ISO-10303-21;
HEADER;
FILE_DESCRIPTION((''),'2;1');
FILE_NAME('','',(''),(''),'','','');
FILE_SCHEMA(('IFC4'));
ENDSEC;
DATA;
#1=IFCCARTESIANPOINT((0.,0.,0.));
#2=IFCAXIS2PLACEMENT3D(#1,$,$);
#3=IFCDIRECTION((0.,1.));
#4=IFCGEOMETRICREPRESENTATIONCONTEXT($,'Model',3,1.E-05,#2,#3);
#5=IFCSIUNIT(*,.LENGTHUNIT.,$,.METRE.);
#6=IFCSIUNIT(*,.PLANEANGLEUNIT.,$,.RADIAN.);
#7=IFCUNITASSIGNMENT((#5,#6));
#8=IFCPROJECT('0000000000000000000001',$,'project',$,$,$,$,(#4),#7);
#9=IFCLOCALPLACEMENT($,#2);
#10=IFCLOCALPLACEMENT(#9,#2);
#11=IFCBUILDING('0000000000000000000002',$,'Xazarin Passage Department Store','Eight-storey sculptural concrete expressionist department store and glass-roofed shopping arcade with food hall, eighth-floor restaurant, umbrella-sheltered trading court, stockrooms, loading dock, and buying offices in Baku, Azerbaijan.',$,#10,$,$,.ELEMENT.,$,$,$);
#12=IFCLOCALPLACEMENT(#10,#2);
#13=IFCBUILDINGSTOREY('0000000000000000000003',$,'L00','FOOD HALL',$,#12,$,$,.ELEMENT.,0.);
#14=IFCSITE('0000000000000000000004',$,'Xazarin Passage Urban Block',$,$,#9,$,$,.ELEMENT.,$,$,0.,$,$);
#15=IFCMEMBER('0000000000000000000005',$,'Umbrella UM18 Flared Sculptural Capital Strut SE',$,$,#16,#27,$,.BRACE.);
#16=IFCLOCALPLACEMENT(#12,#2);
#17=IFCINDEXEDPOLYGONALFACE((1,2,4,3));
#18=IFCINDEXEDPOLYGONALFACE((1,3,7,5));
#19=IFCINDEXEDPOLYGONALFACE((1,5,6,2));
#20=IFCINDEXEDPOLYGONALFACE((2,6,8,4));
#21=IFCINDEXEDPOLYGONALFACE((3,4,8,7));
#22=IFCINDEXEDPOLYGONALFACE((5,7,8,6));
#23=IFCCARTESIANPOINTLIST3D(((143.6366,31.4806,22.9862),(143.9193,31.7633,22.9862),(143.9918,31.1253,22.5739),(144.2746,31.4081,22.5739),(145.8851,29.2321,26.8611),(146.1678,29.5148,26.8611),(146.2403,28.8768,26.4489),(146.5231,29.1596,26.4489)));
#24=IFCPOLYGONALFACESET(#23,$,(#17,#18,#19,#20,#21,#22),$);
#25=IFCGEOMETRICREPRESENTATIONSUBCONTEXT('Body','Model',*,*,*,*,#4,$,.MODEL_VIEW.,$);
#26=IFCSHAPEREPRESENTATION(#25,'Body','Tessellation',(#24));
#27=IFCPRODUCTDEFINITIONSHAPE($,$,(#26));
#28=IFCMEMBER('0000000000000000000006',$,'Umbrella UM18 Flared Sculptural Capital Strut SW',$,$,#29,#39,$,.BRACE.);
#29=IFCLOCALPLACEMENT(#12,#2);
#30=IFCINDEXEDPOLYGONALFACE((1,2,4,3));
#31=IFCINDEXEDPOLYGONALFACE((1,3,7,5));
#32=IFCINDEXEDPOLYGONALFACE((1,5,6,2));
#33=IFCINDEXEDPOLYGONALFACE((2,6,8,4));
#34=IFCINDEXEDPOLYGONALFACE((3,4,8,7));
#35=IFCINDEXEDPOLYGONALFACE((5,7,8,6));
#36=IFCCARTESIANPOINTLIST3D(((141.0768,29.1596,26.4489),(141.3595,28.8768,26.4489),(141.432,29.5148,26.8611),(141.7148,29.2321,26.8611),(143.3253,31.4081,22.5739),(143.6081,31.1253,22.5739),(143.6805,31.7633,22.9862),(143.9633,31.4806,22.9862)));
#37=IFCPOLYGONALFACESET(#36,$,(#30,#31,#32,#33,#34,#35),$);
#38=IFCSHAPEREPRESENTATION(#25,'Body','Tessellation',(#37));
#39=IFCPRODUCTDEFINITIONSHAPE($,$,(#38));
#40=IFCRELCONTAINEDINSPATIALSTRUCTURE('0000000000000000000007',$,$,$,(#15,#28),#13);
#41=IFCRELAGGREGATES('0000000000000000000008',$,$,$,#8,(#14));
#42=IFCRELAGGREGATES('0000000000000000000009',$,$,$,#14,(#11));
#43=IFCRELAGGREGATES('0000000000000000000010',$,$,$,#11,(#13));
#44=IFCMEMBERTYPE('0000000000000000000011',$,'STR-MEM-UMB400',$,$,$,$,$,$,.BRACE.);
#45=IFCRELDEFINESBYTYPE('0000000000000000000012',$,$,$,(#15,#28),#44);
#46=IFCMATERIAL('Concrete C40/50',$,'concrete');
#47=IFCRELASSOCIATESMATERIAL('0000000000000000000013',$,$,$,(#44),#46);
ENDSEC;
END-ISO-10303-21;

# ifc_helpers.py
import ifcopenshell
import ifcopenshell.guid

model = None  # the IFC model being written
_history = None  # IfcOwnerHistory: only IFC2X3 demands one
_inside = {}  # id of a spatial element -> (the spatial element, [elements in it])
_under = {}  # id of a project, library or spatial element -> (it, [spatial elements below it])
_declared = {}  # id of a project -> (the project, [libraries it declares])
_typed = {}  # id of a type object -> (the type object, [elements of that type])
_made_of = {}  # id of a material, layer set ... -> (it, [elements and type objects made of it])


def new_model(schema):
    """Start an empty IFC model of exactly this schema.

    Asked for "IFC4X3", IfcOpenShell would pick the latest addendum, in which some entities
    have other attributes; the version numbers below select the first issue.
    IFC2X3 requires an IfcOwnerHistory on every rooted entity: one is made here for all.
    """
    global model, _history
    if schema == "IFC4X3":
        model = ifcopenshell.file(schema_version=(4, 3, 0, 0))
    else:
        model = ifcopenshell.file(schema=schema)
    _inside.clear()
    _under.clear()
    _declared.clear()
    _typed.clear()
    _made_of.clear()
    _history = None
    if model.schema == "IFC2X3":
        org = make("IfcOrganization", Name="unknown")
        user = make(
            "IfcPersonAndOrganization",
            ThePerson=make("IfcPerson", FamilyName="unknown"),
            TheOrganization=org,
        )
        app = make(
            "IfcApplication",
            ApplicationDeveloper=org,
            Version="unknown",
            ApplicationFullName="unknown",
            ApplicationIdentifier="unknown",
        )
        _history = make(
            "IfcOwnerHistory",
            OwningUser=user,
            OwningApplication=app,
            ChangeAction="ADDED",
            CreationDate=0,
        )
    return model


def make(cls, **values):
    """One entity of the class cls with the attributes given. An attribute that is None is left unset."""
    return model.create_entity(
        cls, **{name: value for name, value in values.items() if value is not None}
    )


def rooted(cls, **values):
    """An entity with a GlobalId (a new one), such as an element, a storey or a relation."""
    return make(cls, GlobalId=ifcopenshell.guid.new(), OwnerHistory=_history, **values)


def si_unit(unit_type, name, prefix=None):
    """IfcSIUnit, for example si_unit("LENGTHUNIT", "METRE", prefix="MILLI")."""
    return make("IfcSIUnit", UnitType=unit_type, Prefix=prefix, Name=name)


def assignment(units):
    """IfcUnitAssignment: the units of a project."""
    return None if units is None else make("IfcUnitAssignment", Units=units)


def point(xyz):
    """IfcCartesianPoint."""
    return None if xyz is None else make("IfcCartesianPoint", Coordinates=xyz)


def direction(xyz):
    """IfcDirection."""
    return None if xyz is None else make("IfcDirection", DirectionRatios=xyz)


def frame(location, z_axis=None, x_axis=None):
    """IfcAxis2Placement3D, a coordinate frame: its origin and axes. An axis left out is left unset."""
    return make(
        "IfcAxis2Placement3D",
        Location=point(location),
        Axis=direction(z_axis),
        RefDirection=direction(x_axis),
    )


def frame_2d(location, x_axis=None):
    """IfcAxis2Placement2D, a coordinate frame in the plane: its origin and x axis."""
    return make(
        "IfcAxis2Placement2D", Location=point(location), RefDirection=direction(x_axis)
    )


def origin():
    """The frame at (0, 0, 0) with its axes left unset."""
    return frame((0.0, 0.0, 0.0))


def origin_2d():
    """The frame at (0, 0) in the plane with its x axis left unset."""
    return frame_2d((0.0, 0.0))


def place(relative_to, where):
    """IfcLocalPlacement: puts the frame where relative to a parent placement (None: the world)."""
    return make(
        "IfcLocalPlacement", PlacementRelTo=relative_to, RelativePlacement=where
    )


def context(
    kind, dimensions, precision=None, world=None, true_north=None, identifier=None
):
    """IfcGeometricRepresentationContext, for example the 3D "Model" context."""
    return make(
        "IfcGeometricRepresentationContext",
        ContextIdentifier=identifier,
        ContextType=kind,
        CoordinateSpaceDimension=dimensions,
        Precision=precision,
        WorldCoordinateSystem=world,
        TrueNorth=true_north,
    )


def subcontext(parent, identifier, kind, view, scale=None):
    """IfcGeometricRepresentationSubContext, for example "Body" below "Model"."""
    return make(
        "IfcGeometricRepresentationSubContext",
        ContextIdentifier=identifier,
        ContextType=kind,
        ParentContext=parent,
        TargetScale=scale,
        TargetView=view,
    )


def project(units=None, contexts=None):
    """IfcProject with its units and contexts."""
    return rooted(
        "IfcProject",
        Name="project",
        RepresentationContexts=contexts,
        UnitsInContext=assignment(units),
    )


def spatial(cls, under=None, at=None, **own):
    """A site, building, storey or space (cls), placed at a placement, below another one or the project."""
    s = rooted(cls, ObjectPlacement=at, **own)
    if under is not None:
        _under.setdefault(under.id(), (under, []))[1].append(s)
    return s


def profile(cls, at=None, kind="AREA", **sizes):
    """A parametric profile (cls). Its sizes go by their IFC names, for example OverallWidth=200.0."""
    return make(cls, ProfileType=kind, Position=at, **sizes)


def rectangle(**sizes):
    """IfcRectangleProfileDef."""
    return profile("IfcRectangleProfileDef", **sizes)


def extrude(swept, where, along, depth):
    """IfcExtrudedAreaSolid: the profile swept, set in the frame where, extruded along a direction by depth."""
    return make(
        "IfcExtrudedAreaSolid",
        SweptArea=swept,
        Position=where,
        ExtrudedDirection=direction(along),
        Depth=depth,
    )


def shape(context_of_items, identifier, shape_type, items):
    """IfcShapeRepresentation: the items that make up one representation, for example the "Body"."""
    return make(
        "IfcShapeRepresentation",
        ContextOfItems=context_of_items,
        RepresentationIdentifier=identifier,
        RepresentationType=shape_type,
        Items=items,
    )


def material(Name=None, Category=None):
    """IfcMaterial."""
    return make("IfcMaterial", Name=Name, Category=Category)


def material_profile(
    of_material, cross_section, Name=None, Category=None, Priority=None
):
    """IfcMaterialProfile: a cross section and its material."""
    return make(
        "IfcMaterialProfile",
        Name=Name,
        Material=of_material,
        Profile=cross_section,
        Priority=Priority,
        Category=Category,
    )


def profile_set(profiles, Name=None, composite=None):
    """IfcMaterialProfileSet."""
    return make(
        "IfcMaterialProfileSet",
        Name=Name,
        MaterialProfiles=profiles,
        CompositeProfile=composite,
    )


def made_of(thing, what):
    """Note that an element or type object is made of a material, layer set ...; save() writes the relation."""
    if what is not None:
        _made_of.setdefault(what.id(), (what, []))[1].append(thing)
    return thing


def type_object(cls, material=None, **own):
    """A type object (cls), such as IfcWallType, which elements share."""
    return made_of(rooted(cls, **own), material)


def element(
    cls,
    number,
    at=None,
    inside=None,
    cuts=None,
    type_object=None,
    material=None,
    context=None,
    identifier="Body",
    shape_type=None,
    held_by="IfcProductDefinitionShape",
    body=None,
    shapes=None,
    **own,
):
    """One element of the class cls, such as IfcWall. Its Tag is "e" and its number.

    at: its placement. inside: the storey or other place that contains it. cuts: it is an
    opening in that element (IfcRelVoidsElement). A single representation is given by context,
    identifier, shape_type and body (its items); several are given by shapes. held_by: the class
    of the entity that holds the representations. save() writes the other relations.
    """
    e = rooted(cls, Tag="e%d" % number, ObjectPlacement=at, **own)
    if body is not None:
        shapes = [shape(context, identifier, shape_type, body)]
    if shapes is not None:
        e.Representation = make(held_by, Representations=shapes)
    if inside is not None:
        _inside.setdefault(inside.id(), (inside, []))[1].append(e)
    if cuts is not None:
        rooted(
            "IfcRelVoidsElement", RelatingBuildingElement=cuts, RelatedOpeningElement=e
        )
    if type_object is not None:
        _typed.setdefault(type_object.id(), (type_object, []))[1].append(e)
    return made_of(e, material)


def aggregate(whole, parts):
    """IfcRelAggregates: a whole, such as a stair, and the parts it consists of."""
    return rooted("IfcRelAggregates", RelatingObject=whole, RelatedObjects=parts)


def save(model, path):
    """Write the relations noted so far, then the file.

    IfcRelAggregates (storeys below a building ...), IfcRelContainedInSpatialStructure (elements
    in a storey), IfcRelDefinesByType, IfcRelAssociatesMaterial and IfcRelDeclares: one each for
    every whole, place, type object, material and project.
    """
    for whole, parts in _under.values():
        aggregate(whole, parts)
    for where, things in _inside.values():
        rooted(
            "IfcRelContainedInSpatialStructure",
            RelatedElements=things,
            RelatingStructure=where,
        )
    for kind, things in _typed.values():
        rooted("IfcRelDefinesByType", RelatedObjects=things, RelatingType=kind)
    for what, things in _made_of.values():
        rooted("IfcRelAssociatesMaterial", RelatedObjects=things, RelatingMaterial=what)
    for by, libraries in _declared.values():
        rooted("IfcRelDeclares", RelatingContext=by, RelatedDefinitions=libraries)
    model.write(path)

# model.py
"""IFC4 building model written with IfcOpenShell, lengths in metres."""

from ifc_helpers import new_model, si_unit, direction, frame, origin, origin_2d, place, context, subcontext, project, spatial, rectangle, extrude, material, material_profile, profile_set, type_object, element, save


model = new_model("IFC4")

# Units and contexts
model_context = context("Model", 3, precision=1e-05, world=origin(), true_north=direction((0.0, 1.0)))
body_context = subcontext(model_context, "Body", "Model", "MODEL_VIEW")
ifc_project = project(units=[si_unit("LENGTHUNIT", "METRE"), si_unit("PLANEANGLEUNIT", "RADIAN")], contexts=[model_context])

# Site, building, storey
site_placement = place(None, origin())
site = spatial("IfcSite", under=ifc_project, at=site_placement, Name="Xazarin Passage Urban Block", CompositionType="ELEMENT", RefElevation=0.0)
building_placement = place(site_placement, origin())
building = spatial("IfcBuilding", under=site, at=building_placement, Name="Xazarin Passage Department Store", Description="Eight-storey sculptural concrete expressionist department store and glass-roofed shopping arcade with food hall, eighth-floor restaurant, umbrella-sheltered trading court, stockrooms, loading dock, and buying offices in Baku, Azerbaijan.", CompositionType="ELEMENT")
storey_placement = place(building_placement, origin())
storey = spatial("IfcBuildingStorey", under=building, at=storey_placement, Name="L00", Description="FOOD HALL", CompositionType="ELEMENT", Elevation=0.0)

# Shared definitions
ifc_material_1 = material(Name="Concrete C40/50", Category="concrete")

# Members
ifc_material_profile_1 = material_profile(ifc_material_1, rectangle(XDim=0.3999, YDim=0.6499, at=origin_2d()), Name="RC 400x650")
ifc_profile_set_1 = profile_set([ifc_material_profile_1], Name="Concrete C40/50")
member_type = type_object("IfcMemberType", Name="STR-MEM-UMB400", PredefinedType="BRACE", material=ifc_profile_set_1)
for number, where, z_axis, x_axis, name in (
    (1, (143.9556, 31.4443, 22.78), (0.448565, -0.448565, 0.773032), (0.707107, 0.707107, 0.0), "Umbrella UM18 Flared Sculptural Capital Strut SE"),
    (2, (143.6443, 31.4443, 22.78), (-0.448565, -0.448565, 0.773032), (0.707107, -0.707107, 0.0), "Umbrella UM18 Flared Sculptural Capital Strut SW"),
):
    element("IfcMember", number, at=place(storey_placement, frame(where, z_axis=z_axis, x_axis=x_axis)), inside=storey, type_object=member_type, Name=name, PredefinedType="BRACE", context=body_context, shape_type="SweptSolid", body=[
        extrude(rectangle(XDim=0.3999, YDim=0.6499, at=origin_2d()), origin(), (0.0, 0.0, 1.0), 5.0127),
    ])

save(model, "model.ifc")
